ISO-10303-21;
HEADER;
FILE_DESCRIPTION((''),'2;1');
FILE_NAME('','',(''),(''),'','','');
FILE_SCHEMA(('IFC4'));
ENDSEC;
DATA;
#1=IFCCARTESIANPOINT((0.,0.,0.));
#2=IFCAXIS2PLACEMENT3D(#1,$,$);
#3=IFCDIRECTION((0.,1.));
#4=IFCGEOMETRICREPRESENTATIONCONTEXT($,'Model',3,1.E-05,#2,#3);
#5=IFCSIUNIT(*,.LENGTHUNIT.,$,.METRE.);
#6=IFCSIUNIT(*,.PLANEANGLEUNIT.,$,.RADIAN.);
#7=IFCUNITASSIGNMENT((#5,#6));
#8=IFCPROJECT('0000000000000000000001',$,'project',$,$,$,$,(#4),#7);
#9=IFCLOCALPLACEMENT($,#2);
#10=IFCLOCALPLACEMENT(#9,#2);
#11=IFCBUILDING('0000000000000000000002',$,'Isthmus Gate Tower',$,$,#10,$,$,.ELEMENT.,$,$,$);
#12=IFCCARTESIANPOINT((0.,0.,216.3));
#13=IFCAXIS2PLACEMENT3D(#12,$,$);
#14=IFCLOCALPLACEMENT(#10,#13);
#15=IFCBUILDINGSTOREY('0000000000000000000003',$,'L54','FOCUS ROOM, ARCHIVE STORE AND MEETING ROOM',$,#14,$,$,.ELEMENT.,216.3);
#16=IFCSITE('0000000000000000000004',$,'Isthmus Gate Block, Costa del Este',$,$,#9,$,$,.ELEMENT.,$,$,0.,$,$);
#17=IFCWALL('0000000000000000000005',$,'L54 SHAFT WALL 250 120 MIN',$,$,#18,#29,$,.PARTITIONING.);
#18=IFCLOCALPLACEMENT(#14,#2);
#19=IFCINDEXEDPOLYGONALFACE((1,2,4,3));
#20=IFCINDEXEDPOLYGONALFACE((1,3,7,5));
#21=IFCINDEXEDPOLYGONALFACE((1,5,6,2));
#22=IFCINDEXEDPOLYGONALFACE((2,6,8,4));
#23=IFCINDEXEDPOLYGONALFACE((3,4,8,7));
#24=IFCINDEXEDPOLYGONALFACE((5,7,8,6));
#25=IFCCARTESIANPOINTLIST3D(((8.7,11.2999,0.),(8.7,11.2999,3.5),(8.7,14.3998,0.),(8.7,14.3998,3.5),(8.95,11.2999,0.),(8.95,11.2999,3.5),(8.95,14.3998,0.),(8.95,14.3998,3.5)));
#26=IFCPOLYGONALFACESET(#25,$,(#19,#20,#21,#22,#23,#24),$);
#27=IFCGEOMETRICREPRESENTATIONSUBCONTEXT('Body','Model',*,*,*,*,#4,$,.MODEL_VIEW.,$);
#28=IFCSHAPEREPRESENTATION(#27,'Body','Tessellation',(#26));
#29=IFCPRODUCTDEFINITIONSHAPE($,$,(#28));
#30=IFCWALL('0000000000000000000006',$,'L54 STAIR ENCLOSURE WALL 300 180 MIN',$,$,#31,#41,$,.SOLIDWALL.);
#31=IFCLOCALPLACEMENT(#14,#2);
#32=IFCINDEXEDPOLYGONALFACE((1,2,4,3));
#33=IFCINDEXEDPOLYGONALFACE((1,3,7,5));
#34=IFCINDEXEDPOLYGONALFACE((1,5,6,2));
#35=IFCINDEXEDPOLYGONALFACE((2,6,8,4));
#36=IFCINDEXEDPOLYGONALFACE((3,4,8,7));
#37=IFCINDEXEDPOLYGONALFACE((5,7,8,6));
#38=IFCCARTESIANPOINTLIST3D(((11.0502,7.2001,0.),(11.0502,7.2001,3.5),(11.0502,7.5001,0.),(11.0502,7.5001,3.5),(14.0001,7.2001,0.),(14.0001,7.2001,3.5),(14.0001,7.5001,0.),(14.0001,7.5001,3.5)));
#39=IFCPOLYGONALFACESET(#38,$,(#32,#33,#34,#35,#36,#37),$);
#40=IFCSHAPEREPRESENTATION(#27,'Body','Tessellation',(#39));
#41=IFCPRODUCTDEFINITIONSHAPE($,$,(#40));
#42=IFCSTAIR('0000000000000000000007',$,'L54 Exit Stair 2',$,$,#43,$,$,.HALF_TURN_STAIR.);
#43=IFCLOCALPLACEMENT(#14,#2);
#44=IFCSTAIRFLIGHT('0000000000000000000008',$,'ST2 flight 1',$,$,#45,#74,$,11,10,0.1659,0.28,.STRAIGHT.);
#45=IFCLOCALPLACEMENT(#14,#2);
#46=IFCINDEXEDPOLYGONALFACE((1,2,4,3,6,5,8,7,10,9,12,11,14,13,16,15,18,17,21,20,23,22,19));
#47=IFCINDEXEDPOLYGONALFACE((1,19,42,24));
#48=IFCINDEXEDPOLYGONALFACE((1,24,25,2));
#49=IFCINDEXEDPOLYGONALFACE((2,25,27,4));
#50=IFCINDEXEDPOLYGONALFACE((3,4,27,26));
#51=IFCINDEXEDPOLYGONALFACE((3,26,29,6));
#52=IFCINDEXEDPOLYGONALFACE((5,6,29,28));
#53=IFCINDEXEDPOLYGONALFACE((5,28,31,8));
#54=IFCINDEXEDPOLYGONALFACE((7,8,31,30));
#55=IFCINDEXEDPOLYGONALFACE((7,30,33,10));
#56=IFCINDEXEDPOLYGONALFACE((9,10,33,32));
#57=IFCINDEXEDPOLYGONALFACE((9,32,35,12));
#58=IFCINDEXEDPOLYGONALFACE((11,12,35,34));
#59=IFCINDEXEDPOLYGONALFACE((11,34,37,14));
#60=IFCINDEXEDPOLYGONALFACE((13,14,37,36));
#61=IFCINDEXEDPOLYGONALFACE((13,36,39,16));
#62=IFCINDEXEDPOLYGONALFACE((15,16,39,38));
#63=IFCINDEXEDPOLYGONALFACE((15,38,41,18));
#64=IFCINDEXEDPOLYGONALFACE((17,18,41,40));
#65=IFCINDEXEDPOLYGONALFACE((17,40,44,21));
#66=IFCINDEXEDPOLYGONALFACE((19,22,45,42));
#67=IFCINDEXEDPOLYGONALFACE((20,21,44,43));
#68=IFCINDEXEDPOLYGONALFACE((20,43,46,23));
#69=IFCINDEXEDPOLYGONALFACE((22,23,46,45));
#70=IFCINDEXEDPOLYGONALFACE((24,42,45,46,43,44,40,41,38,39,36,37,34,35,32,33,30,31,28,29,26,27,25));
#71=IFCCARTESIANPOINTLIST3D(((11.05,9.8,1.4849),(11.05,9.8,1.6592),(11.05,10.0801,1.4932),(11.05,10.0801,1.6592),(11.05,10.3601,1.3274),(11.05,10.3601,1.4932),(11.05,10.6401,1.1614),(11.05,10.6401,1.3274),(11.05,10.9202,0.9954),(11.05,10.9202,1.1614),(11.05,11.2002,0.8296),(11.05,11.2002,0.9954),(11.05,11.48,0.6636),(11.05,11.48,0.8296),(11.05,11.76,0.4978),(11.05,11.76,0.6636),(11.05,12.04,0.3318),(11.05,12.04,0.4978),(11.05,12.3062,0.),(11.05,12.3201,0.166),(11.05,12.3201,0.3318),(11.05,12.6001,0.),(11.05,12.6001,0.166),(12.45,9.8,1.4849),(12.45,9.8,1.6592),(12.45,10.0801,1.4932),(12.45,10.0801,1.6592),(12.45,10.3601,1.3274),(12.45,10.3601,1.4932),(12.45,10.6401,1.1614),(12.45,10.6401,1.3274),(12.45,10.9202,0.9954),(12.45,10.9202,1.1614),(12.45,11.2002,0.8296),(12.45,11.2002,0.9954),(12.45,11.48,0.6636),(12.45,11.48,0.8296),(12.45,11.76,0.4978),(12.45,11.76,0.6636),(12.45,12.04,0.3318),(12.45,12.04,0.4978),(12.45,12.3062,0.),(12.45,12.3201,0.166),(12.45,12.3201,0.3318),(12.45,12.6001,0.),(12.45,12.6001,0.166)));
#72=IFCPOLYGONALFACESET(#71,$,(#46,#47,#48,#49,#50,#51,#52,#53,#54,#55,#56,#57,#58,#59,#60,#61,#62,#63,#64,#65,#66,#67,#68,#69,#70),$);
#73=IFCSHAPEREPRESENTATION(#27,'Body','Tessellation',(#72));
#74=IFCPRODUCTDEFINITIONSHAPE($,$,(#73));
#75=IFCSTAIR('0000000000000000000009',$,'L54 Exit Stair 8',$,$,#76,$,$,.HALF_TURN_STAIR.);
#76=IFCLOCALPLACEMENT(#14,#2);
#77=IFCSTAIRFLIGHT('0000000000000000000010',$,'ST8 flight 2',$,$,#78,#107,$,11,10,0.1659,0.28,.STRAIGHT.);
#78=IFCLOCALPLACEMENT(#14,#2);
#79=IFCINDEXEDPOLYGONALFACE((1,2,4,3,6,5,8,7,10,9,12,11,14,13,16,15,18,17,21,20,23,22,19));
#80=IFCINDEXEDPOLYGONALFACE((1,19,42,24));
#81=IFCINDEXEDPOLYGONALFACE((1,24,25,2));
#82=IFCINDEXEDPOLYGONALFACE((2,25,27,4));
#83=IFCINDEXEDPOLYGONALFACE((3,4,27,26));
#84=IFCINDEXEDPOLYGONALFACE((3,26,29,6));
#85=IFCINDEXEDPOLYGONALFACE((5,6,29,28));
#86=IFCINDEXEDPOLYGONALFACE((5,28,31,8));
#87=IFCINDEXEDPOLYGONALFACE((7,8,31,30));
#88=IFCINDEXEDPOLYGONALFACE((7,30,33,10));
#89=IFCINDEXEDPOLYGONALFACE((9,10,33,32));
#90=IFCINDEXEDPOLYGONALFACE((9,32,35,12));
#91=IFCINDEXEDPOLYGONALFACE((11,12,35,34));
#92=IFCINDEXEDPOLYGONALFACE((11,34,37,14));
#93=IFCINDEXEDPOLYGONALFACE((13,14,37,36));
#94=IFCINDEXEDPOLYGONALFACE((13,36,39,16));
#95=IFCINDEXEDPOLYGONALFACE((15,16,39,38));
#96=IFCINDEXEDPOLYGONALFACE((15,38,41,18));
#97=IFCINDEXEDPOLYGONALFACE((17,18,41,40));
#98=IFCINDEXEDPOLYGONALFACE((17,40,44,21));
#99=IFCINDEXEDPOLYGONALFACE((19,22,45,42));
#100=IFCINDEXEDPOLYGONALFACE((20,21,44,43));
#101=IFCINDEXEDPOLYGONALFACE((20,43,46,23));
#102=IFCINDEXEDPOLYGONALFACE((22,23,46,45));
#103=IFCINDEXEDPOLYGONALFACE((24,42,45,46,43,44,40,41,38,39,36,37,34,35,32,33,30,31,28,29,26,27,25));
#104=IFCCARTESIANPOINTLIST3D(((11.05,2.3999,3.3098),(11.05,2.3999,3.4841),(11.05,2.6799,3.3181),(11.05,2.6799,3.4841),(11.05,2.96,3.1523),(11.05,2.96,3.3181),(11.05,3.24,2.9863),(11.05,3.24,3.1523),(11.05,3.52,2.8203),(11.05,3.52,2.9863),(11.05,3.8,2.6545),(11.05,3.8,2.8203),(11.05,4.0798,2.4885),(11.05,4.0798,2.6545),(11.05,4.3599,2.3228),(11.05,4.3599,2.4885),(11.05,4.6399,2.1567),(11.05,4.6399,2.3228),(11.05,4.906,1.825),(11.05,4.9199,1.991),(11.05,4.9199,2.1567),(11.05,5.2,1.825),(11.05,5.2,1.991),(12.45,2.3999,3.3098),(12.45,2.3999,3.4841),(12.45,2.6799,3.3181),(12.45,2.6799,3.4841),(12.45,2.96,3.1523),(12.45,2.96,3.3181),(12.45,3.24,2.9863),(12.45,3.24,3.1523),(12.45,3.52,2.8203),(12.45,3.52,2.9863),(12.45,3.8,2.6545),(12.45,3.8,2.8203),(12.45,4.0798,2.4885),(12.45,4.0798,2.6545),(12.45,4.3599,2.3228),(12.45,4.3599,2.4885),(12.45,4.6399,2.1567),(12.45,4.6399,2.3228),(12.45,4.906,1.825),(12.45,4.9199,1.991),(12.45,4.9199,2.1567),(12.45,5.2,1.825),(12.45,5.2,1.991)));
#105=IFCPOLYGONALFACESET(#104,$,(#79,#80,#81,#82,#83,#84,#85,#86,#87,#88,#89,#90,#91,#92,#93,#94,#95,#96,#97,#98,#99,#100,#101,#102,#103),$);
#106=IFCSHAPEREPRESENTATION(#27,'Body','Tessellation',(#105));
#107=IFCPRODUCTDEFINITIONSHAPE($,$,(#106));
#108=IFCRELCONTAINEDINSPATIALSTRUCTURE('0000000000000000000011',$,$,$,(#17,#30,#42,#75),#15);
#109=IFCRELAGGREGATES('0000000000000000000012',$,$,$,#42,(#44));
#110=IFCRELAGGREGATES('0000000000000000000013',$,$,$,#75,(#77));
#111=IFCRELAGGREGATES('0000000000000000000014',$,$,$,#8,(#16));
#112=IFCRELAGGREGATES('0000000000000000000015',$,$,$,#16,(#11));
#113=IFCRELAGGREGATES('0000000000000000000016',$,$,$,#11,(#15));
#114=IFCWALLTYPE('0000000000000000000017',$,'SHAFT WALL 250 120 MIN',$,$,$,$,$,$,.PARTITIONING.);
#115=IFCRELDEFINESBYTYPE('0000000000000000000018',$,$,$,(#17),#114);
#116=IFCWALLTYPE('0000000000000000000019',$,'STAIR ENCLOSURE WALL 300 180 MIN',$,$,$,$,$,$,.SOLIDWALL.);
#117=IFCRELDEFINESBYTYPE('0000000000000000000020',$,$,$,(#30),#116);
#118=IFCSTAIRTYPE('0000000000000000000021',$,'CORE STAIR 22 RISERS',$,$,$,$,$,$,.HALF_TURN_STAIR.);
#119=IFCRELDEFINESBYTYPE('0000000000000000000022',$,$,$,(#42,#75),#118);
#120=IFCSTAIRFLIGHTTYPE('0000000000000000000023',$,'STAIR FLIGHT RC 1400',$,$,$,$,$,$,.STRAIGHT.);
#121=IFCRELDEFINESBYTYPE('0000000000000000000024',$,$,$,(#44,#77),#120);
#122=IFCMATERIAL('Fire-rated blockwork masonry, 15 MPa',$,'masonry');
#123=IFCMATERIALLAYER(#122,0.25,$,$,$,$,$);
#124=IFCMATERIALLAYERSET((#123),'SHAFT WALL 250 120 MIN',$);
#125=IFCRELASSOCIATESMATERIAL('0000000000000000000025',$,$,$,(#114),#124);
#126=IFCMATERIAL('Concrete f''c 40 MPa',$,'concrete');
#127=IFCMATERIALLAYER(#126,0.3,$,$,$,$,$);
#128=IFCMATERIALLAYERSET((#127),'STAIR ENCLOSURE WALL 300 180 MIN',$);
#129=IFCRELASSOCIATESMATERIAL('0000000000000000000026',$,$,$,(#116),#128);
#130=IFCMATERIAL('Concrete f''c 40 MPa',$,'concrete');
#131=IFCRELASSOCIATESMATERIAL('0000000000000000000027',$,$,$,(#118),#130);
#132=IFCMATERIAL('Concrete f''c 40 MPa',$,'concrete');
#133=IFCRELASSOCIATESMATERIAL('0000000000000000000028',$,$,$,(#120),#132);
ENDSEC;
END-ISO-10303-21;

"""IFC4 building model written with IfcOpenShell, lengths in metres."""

from ifc_helpers import new_model, si_unit, direction, frame, frame_2d, origin, place, context, subcontext, project, spatial, polyline, rectangle, outline, extrude, material, layer, layer_set, type_object, element, aggregate, save


model = new_model("IFC4")

# Units and contexts
model_context = context("Model", 3, precision=1e-05, world=origin(), true_north=direction((0.0, 1.0)))
body_context = subcontext(model_context, "Body", "Model", "MODEL_VIEW")
ifc_project = project(units=[si_unit("LENGTHUNIT", "METRE"), si_unit("PLANEANGLEUNIT", "RADIAN")], contexts=[model_context])

# Site, building, storey
site_placement = place(None, origin())
site = spatial("IfcSite", under=ifc_project, at=site_placement, Name="Isthmus Gate Block, Costa del Este", CompositionType="ELEMENT", RefElevation=0.0)
building_placement = place(site_placement, origin())
building = spatial("IfcBuilding", under=site, at=building_placement, Name="Isthmus Gate Tower", CompositionType="ELEMENT")
storey_placement = place(building_placement, frame((0.0, 0.0, 216.3)))
storey = spatial("IfcBuildingStorey", under=building, at=storey_placement, Name="L54", Description="FOCUS ROOM, ARCHIVE STORE AND MEETING ROOM", CompositionType="ELEMENT", Elevation=216.3)

# Walls
ifc_material_1 = material(Name="Fire-rated blockwork masonry, 15 MPa", Category="masonry")
ifc_layer_1 = layer(ifc_material_1, 0.25)
ifc_layer_set_1 = layer_set([ifc_layer_1], Name="SHAFT WALL 250 120 MIN")
wall_type_1 = type_object("IfcWallType", Name="SHAFT WALL 250 120 MIN", PredefinedType="PARTITIONING", material=ifc_layer_set_1)
for number, where, z_axis, x_axis, name in (
    (1, (8.825, 11.3, 0.0), (0.0, 0.0, 1.0), (0.0, 1.0, 0.0), "L54 SHAFT WALL 250 120 MIN"),
):
    element("IfcWall", number, at=place(storey_placement, frame(where, z_axis=z_axis, x_axis=x_axis)), inside=storey, type_object=wall_type_1, Name=name, PredefinedType="PARTITIONING", context=body_context, shape_type="SweptSolid", body=[
        extrude(rectangle(XDim=3.0999, YDim=0.25, at=frame_2d((1.5498, 0.0))), origin(), (0.0, 0.0, 1.0), 3.5),
    ])
ifc_material_2 = material(Name="Concrete f'c 40 MPa", Category="concrete")
ifc_layer_2 = layer(ifc_material_2, 0.3)
ifc_layer_set_2 = layer_set([ifc_layer_2], Name="STAIR ENCLOSURE WALL 300 180 MIN")
wall_type_2 = type_object("IfcWallType", Name="STAIR ENCLOSURE WALL 300 180 MIN", PredefinedType="SOLIDWALL", material=ifc_layer_set_2)
wall_1_placement = place(storey_placement, frame((11.05, 7.3501, 0.0), z_axis=(0.0, 0.0, 1.0), x_axis=(1.0, 0.0, 0.0)))
element("IfcWall", 2, at=wall_1_placement, inside=storey, type_object=wall_type_2, Name="L54 STAIR ENCLOSURE WALL 300 180 MIN", PredefinedType="SOLIDWALL", context=body_context, shape_type="SweptSolid", body=[
    extrude(rectangle(XDim=2.95, YDim=0.3, at=frame_2d((1.4751, 0.0))), origin(), (0.0, 0.0, 1.0), 3.5),
])

# Stairs, stair flights
ifc_material_3 = material(Name="Concrete f'c 40 MPa", Category="concrete")
stair_type = type_object("IfcStairType", Name="CORE STAIR 22 RISERS", PredefinedType="HALF_TURN_STAIR", material=ifc_material_3)
stair_1_placement = place(storey_placement, origin())
stair_1 = element("IfcStair", 3, at=stair_1_placement, inside=storey, type_object=stair_type, Name="L54 Exit Stair 2", PredefinedType="HALF_TURN_STAIR")
ifc_material_4 = material(Name="Concrete f'c 40 MPa", Category="concrete")
stair_flight_type = type_object("IfcStairFlightType", Name="STAIR FLIGHT RC 1400", PredefinedType="STRAIGHT", material=ifc_material_4)
stair_flight_1_placement = place(storey_placement, frame((11.75, 12.6001, 0.0), z_axis=(0.0, 0.0, 1.0), x_axis=(0.0, -1.0, 0.0)))
stair_flight_1 = element("IfcStairFlight", 4, at=stair_flight_1_placement, type_object=stair_flight_type, Name="ST2 flight 1", NumberOfRisers=11, NumberOfTreads=10, PredefinedType="STRAIGHT", RiserHeight=0.1659, TreadLength=0.28, context=body_context, shape_type="SweptSolid", body=[
    extrude(outline(polyline([(0.0, 0.0), (0.0, 0.166), (0.28, 0.166), (0.28, 0.3318), (0.5601, 0.3318), (0.5601, 0.4978), (0.8401, 0.4978), (0.8401, 0.6636), (1.1201, 0.6636), (1.1201, 0.8296), (1.3999, 0.8296), (1.3999, 0.9954), (1.6799, 0.9954), (1.6799, 1.1614), (1.96, 1.1614), (1.96, 1.3274), (2.24, 1.3274), (2.24, 1.4932), (2.52, 1.4932), (2.52, 1.6592), (2.8, 1.6592), (2.8, 1.825), (2.8, 1.4849), (0.2939, 0.0), (0.0, 0.0)])), frame((0.0, 0.7, 0.0), z_axis=(0.0, -1.0, 0.0), x_axis=(1.0, 0.0, 0.0)), (0.0, 0.0, 1.0), 1.3999),
])
aggregate(stair_1, [stair_flight_1])
stair_2_placement = place(storey_placement, origin())
stair_2 = element("IfcStair", 5, at=stair_2_placement, inside=storey, type_object=stair_type, Name="L54 Exit Stair 8", PredefinedType="HALF_TURN_STAIR")
stair_flight_2_placement = place(storey_placement, frame((11.75, 5.2, 1.825), z_axis=(0.0, 0.0, 1.0), x_axis=(0.0, -1.0, 0.0)))
stair_flight_2 = element("IfcStairFlight", 6, at=stair_flight_2_placement, type_object=stair_flight_type, Name="ST8 flight 2", NumberOfRisers=11, NumberOfTreads=10, PredefinedType="STRAIGHT", RiserHeight=0.1659, TreadLength=0.28, context=body_context, shape_type="SweptSolid", body=[
    extrude(outline(polyline([(0.0, 0.0), (0.0, 0.166), (0.28, 0.166), (0.28, 0.3318), (0.5601, 0.3318), (0.5601, 0.4978), (0.8401, 0.4978), (0.8401, 0.6636), (1.1201, 0.6636), (1.1201, 0.8296), (1.3999, 0.8296), (1.3999, 0.9954), (1.6799, 0.9954), (1.6799, 1.1614), (1.96, 1.1614), (1.96, 1.3274), (2.24, 1.3274), (2.24, 1.4932), (2.52, 1.4932), (2.52, 1.6592), (2.8, 1.6592), (2.8, 1.825), (2.8, 1.4849), (0.2939, 0.0), (0.0, 0.0)])), frame((0.0, 0.7, 0.0), z_axis=(0.0, -1.0, 0.0), x_axis=(1.0, 0.0, 0.0)), (0.0, 0.0, 1.0), 1.3999),
])
aggregate(stair_2, [stair_flight_2])

save(model, "model.ifc")
